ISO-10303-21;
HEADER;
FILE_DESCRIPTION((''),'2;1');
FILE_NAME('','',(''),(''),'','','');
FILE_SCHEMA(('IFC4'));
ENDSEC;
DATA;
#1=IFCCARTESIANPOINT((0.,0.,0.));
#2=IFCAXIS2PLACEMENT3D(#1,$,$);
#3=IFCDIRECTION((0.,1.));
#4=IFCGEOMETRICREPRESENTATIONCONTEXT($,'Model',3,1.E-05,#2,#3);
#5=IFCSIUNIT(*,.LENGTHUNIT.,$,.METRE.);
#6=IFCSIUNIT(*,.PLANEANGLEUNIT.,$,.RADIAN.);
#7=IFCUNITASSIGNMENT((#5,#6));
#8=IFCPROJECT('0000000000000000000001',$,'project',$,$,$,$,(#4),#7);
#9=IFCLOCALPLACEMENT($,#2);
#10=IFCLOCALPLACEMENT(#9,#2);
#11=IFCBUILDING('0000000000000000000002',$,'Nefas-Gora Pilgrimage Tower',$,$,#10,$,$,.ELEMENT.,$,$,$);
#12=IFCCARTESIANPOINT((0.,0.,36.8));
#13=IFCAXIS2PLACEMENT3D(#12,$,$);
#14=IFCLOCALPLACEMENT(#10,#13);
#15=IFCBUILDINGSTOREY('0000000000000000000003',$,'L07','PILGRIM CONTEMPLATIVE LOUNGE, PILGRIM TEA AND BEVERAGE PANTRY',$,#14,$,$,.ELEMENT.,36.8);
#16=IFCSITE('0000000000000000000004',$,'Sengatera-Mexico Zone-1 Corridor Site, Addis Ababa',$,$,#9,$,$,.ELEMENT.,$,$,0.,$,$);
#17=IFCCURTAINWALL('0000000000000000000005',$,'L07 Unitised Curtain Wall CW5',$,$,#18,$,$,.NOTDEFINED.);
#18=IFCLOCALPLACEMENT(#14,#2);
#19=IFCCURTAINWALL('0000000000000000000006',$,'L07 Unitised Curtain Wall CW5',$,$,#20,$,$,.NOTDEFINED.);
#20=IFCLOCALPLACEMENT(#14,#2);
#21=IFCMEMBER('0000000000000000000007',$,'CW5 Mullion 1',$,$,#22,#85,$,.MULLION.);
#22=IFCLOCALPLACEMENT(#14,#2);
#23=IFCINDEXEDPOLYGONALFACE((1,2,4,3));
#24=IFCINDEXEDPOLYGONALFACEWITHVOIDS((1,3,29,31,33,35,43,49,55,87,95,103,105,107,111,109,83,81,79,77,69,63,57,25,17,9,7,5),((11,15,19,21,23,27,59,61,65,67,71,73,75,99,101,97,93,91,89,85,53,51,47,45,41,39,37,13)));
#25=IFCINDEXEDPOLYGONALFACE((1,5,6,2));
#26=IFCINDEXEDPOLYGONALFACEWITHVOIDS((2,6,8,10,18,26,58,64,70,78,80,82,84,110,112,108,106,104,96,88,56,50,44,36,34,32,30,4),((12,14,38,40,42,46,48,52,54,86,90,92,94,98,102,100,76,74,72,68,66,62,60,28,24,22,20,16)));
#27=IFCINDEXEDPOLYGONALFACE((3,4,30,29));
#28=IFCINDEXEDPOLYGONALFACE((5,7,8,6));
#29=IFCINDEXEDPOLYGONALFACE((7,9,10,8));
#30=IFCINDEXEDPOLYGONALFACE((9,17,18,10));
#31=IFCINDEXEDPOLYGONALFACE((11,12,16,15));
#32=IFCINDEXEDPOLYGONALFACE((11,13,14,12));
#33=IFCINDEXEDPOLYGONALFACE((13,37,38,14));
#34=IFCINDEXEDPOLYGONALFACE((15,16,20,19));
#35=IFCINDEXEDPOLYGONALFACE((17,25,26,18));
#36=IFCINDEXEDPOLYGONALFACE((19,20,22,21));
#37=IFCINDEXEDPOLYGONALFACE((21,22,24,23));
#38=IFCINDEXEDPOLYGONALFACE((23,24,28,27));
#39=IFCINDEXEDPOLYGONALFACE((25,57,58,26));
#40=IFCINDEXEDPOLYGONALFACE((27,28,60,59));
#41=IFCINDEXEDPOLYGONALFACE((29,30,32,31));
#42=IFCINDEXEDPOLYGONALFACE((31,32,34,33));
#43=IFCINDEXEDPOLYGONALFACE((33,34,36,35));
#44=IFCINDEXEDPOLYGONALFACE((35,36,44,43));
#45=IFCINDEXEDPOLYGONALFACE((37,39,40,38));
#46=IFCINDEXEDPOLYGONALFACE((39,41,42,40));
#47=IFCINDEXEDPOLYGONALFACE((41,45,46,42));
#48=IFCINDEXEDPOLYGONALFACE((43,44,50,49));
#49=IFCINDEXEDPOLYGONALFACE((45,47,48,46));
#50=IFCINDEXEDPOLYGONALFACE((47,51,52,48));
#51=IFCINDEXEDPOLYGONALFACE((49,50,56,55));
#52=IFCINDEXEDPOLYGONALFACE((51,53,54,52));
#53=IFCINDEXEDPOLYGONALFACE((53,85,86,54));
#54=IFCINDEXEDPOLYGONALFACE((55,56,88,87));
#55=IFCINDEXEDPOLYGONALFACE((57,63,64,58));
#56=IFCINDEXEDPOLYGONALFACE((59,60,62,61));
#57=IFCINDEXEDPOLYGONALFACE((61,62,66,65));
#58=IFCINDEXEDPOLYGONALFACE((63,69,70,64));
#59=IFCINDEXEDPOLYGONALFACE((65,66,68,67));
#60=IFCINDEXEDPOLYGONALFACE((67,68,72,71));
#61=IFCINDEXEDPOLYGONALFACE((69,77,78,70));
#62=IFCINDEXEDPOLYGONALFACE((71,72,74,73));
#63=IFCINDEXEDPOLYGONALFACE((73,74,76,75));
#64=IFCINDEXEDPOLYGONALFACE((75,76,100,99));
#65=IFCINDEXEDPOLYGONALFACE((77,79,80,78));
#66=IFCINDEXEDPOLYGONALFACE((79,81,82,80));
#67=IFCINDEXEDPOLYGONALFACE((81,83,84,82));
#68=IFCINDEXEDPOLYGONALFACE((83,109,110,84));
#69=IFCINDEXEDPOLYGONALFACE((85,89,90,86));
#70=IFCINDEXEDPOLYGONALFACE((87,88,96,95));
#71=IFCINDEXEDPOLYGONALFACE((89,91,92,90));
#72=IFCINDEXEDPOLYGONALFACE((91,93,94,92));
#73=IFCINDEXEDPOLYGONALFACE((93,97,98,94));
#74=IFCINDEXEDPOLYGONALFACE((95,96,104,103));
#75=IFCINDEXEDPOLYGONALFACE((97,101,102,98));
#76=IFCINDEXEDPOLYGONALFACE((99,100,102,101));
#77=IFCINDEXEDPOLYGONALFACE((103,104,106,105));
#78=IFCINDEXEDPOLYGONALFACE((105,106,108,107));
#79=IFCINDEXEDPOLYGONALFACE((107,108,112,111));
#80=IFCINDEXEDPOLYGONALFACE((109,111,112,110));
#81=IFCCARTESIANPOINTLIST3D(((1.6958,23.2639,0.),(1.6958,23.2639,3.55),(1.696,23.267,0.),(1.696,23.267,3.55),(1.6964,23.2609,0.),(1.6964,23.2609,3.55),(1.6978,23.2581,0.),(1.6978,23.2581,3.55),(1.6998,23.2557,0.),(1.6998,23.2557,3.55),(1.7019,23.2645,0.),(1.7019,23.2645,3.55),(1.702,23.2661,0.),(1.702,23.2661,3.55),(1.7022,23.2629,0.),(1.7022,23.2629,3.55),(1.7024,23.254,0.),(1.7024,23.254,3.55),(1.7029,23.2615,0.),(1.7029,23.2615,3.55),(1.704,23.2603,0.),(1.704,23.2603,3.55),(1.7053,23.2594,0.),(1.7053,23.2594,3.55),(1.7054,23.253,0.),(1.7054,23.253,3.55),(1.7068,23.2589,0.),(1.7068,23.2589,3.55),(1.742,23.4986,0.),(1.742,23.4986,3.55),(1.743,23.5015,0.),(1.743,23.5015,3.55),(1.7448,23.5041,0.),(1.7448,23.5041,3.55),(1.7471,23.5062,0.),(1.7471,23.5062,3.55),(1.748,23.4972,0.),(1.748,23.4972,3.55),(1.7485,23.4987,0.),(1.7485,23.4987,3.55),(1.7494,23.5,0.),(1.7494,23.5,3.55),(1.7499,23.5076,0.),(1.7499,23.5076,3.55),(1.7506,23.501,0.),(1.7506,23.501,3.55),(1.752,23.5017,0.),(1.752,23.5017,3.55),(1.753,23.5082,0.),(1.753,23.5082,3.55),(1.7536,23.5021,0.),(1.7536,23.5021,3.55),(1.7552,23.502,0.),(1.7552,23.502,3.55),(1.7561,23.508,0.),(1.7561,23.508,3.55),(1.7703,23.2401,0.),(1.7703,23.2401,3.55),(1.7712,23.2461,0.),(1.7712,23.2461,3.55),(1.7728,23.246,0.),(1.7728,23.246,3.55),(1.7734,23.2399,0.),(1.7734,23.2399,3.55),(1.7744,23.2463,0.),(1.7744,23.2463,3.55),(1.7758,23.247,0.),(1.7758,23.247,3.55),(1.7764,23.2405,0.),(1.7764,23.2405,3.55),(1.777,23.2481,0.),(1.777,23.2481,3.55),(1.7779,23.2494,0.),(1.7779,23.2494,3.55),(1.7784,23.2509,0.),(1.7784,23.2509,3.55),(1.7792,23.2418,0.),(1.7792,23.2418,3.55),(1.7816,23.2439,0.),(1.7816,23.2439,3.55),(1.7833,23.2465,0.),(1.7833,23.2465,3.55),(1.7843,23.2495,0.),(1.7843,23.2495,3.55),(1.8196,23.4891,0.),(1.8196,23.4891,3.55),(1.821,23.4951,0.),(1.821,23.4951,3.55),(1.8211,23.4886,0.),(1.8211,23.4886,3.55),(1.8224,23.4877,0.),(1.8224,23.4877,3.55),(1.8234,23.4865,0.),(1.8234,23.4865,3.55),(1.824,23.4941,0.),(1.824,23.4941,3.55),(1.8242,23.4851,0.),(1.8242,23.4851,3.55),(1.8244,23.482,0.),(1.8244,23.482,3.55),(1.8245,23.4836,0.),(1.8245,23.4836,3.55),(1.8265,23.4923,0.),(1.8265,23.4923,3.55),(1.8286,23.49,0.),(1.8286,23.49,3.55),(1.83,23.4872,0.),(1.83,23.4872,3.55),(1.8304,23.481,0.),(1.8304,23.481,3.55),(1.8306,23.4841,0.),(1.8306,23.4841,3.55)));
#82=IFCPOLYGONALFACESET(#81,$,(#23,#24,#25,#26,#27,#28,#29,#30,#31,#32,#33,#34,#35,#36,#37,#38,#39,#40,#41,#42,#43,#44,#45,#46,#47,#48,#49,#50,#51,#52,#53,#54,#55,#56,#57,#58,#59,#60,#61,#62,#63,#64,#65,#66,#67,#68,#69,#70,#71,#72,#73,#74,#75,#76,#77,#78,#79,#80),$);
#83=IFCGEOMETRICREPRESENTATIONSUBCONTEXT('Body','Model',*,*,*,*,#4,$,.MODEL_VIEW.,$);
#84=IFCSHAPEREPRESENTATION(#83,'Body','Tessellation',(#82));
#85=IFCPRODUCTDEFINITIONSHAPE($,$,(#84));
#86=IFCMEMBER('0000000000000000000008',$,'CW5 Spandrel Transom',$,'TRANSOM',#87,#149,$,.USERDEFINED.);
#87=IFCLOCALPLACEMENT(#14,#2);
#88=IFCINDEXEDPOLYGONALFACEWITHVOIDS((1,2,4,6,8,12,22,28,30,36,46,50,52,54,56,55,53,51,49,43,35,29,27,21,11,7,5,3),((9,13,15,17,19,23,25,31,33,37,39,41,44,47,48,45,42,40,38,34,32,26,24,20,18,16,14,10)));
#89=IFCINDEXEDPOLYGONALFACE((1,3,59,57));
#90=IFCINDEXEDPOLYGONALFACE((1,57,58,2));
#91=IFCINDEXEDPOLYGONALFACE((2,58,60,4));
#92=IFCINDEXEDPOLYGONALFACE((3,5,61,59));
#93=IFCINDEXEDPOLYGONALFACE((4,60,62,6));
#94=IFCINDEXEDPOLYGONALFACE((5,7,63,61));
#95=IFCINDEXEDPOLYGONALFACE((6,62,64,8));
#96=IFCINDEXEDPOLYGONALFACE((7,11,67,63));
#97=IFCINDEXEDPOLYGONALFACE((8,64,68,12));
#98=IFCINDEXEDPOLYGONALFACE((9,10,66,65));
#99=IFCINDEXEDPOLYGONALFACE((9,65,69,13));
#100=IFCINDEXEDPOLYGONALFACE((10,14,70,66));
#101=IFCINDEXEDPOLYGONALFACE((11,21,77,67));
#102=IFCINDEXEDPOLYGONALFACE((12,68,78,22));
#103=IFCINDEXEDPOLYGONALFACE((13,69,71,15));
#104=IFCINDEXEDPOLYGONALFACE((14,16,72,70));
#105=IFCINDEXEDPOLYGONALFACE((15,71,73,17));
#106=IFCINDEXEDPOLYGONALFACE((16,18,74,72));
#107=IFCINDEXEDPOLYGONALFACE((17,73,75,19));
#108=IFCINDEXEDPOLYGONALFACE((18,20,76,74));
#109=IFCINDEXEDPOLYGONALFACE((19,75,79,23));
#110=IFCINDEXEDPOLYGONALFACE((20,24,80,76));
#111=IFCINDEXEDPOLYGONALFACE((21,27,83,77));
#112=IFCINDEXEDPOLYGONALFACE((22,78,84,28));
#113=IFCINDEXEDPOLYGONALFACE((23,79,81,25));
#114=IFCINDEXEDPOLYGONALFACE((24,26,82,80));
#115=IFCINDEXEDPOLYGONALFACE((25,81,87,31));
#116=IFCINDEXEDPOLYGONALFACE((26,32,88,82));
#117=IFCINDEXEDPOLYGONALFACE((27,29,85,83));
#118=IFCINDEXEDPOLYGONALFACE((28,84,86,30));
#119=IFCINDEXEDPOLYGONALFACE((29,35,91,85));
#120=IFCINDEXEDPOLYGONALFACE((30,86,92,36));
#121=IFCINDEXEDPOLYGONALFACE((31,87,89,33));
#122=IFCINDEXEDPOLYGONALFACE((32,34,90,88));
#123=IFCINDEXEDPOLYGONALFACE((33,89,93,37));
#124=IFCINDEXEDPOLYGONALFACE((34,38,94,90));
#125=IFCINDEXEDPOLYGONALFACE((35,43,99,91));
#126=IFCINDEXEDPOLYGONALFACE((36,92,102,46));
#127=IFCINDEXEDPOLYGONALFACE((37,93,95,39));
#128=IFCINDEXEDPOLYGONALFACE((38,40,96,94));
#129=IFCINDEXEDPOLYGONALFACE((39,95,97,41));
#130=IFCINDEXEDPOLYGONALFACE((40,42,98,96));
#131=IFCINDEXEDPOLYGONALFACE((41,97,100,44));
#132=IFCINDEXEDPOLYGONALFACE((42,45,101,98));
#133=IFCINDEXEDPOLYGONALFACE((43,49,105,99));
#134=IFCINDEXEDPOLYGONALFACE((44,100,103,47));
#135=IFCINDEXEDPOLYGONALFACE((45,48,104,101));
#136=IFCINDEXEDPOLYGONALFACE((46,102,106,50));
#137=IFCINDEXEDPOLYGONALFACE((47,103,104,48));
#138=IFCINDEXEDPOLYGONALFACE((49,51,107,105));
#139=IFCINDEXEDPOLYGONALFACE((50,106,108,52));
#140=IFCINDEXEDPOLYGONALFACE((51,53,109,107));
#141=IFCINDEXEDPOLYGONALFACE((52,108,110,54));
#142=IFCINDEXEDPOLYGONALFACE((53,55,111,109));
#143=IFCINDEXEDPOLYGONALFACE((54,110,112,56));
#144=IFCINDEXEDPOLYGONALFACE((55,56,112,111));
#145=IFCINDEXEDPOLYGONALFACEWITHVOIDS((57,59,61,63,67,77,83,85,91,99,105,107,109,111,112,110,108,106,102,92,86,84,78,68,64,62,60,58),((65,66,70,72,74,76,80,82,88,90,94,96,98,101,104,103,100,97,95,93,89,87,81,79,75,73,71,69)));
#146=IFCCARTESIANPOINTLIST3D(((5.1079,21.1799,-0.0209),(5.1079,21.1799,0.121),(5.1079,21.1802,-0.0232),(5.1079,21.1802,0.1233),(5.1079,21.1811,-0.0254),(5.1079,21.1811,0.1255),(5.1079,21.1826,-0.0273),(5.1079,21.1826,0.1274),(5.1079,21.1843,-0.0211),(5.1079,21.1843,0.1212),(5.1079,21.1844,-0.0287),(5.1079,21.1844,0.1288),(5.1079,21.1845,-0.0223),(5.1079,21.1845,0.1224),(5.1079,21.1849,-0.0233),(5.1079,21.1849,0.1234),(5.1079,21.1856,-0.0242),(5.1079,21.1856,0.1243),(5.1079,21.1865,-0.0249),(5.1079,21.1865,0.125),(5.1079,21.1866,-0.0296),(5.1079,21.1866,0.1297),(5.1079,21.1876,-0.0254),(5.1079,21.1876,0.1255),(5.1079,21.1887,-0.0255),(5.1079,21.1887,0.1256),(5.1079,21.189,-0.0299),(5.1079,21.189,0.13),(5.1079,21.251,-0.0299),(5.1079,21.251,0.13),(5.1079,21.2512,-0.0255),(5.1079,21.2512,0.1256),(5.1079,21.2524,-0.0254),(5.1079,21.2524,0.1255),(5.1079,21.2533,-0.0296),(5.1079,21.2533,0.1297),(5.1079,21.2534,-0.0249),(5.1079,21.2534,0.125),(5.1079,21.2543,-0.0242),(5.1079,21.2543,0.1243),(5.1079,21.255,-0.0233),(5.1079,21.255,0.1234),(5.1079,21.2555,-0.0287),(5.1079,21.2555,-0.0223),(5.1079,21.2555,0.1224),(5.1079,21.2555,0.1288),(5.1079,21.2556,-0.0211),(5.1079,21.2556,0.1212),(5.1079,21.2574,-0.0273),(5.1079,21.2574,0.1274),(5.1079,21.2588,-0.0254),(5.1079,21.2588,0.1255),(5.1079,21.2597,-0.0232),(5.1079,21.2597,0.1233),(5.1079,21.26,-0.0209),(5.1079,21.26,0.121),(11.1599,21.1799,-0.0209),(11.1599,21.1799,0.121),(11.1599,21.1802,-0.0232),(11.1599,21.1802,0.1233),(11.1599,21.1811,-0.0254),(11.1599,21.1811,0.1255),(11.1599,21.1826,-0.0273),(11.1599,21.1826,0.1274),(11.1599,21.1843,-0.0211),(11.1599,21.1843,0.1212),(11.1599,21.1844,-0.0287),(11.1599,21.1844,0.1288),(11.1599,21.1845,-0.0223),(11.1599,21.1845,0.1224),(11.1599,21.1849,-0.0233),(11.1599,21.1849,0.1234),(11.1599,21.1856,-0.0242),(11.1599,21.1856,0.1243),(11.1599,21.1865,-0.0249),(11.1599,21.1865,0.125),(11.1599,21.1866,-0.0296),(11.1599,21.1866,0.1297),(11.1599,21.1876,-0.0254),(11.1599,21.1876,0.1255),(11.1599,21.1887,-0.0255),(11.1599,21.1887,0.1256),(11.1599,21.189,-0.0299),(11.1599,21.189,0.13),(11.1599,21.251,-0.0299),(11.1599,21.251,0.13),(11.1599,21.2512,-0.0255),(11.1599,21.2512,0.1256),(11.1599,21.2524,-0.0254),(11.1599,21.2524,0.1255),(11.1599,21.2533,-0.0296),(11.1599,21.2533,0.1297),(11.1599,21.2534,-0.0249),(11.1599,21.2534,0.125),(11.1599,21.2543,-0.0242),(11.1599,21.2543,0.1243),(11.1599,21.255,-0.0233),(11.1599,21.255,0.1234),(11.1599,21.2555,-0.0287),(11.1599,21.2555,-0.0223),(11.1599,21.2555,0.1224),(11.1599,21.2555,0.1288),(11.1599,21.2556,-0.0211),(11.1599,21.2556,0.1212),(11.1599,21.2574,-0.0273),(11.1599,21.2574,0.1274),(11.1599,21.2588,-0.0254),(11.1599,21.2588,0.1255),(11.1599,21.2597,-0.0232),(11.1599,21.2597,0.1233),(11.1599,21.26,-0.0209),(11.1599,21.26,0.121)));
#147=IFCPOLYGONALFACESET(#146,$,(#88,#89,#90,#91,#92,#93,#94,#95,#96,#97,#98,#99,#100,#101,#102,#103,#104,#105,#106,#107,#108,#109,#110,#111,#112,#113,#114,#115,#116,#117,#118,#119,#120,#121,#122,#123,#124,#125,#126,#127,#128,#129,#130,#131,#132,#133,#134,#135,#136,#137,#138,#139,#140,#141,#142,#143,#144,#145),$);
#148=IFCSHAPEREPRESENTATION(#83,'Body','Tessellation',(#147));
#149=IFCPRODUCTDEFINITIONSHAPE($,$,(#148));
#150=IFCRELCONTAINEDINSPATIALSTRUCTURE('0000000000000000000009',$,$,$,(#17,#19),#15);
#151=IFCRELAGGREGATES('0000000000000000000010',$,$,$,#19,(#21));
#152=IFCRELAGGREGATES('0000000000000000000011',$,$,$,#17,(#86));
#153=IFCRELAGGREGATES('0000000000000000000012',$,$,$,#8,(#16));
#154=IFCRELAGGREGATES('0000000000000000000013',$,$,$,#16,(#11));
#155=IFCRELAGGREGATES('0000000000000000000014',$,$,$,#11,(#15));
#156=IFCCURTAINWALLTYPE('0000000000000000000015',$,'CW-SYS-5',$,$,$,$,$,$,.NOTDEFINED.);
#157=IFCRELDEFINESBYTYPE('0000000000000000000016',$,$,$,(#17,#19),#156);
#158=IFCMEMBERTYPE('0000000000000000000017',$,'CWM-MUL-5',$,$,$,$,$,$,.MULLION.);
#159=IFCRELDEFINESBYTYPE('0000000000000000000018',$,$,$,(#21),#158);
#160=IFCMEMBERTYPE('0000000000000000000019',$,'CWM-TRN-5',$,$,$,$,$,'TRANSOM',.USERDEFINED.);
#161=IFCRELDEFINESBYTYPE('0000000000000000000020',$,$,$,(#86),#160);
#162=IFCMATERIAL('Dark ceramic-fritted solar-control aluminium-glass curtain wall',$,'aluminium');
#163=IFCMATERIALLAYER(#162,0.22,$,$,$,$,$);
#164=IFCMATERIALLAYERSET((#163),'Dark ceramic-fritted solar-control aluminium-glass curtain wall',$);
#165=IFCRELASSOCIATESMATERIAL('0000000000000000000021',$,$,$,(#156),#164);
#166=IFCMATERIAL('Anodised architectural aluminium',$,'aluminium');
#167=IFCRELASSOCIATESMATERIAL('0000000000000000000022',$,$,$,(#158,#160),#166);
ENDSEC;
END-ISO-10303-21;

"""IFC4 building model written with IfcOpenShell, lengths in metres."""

from ifc_helpers import new_model, si_unit, direction, frame, origin, origin_2d, place, context, subcontext, project, spatial, hollow_rectangle, extrude, source, transform, mapped, material, layer, layer_set, material_profile, profile_set, type_object, element, aggregate, save


model = new_model("IFC4")

# Units and contexts
model_context = context("Model", 3, precision=1e-05, world=origin(), true_north=direction((0.0, 1.0)))
body_context = subcontext(model_context, "Body", "Model", "MODEL_VIEW")
ifc_project = project(units=[si_unit("LENGTHUNIT", "METRE"), si_unit("PLANEANGLEUNIT", "RADIAN")], contexts=[model_context])

# Site, building, storey
site_placement = place(None, origin())
site = spatial("IfcSite", under=ifc_project, at=site_placement, Name="Sengatera-Mexico Zone-1 Corridor Site, Addis Ababa", CompositionType="ELEMENT", RefElevation=0.0)
building_placement = place(site_placement, origin())
building = spatial("IfcBuilding", under=site, at=building_placement, Name="Nefas-Gora Pilgrimage Tower", CompositionType="ELEMENT")
storey_placement = place(building_placement, frame((0.0, 0.0, 36.8)))
storey = spatial("IfcBuildingStorey", under=building, at=storey_placement, Name="L07", Description="PILGRIM CONTEMPLATIVE LOUNGE, PILGRIM TEA AND BEVERAGE PANTRY", CompositionType="ELEMENT", Elevation=36.8)

# Curtain wall
ifc_material_1 = material(Name="Dark ceramic-fritted solar-control aluminium-glass curtain wall", Category="aluminium")
ifc_layer_1 = layer(ifc_material_1, 0.22)
ifc_layer_set_1 = layer_set([ifc_layer_1], Name="Dark ceramic-fritted solar-control aluminium-glass curtain wall")
curtain_wall_type_1 = type_object("IfcCurtainWallType", Name="CW-SYS-5", PredefinedType="NOTDEFINED", material=ifc_layer_set_1)
curtain_wall_1_placement = place(storey_placement, origin())
curtain_wall_1 = element("IfcCurtainWall", 1, at=curtain_wall_1_placement, inside=storey, type_object=curtain_wall_type_1, Name="L07 Unitised Curtain Wall CW5", PredefinedType="NOTDEFINED")
ifc_material_2 = material(Name="Anodised architectural aluminium", Category="aluminium")
ifc_material_profile_1 = material_profile(ifc_material_2, hollow_rectangle(XDim=0.0901, YDim=0.26, WallThickness=0.0061, InnerFilletRadius=0.0061, OuterFilletRadius=0.012, at=origin_2d()), Name="ALU MULLION 90x260")
ifc_profile_set_1 = profile_set([ifc_material_profile_1], Name="Anodised architectural aluminium")
member_type_1 = type_object("IfcMemberType", Name="CWM-MUL-5", PredefinedType="MULLION", material=ifc_profile_set_1)
shared_shape_1 = source(origin(), body_context, "Body", "SweptSolid", [
    extrude(hollow_rectangle(XDim=0.0901, YDim=0.26, WallThickness=0.0061, InnerFilletRadius=0.0061, OuterFilletRadius=0.012, at=origin_2d()), origin(), (0.0, 0.0, 1.0), 3.55),
])

# Curtain wall, member
curtain_wall_2_placement = place(storey_placement, origin())
curtain_wall_2 = element("IfcCurtainWall", 2, at=curtain_wall_2_placement, inside=storey, type_object=curtain_wall_type_1, Name="L07 Unitised Curtain Wall CW5", PredefinedType="NOTDEFINED")
member_1_placement = place(storey_placement, frame((1.7632, 23.374, 0.0), z_axis=(0.0, 0.0, 1.0), x_axis=(-0.980783, 0.195102, 0.0)))
member_1 = element("IfcMember", 3, at=member_1_placement, type_object=member_type_1, Name="CW5 Mullion 1", PredefinedType="MULLION", context=body_context, shape_type="MappedRepresentation", body=[
    mapped(shared_shape_1, transform((0.0, 0.0, 0.0), x_axis=(1.0, 0.0, 0.0), y_axis=(0.0, 1.0, 0.0), z_axis=(0.0, 0.0, 1.0), scale=1.0)),
])

# Member
ifc_material_profile_2 = material_profile(ifc_material_2, hollow_rectangle(XDim=0.0801, YDim=0.1599, WallThickness=0.0044, InnerFilletRadius=0.0044, OuterFilletRadius=0.009, at=origin_2d()), Name="ALU TRANSOM 80x160")
ifc_profile_set_2 = profile_set([ifc_material_profile_2], Name="Anodised architectural aluminium")
member_type_2 = type_object("IfcMemberType", Name="CWM-TRN-5", ElementType="TRANSOM", PredefinedType="USERDEFINED", material=ifc_profile_set_2)
shared_shape_2 = source(origin(), body_context, "Body", "SweptSolid", [
    extrude(hollow_rectangle(XDim=0.0801, YDim=0.1599, WallThickness=0.0044, InnerFilletRadius=0.0044, OuterFilletRadius=0.009, at=origin_2d()), origin(), (0.0, 0.0, 1.0), 6.052),
])
member_2_placement = place(storey_placement, frame((11.1599, 21.22, 0.05), z_axis=(-1.0, 0.0, 0.0), x_axis=(0.0, -1.0, 0.0)))
member_2 = element("IfcMember", 4, at=member_2_placement, type_object=member_type_2, Name="CW5 Spandrel Transom", ObjectType="TRANSOM", PredefinedType="USERDEFINED", context=body_context, shape_type="MappedRepresentation", body=[
    mapped(shared_shape_2, transform((0.0, 0.0, 0.0), x_axis=(1.0, 0.0, 0.0), y_axis=(0.0, 1.0, 0.0), z_axis=(0.0, 0.0, 1.0), scale=1.0)),
])

aggregate(curtain_wall_2, [member_1])

aggregate(curtain_wall_1, [member_2])

save(model, "model.ifc")
